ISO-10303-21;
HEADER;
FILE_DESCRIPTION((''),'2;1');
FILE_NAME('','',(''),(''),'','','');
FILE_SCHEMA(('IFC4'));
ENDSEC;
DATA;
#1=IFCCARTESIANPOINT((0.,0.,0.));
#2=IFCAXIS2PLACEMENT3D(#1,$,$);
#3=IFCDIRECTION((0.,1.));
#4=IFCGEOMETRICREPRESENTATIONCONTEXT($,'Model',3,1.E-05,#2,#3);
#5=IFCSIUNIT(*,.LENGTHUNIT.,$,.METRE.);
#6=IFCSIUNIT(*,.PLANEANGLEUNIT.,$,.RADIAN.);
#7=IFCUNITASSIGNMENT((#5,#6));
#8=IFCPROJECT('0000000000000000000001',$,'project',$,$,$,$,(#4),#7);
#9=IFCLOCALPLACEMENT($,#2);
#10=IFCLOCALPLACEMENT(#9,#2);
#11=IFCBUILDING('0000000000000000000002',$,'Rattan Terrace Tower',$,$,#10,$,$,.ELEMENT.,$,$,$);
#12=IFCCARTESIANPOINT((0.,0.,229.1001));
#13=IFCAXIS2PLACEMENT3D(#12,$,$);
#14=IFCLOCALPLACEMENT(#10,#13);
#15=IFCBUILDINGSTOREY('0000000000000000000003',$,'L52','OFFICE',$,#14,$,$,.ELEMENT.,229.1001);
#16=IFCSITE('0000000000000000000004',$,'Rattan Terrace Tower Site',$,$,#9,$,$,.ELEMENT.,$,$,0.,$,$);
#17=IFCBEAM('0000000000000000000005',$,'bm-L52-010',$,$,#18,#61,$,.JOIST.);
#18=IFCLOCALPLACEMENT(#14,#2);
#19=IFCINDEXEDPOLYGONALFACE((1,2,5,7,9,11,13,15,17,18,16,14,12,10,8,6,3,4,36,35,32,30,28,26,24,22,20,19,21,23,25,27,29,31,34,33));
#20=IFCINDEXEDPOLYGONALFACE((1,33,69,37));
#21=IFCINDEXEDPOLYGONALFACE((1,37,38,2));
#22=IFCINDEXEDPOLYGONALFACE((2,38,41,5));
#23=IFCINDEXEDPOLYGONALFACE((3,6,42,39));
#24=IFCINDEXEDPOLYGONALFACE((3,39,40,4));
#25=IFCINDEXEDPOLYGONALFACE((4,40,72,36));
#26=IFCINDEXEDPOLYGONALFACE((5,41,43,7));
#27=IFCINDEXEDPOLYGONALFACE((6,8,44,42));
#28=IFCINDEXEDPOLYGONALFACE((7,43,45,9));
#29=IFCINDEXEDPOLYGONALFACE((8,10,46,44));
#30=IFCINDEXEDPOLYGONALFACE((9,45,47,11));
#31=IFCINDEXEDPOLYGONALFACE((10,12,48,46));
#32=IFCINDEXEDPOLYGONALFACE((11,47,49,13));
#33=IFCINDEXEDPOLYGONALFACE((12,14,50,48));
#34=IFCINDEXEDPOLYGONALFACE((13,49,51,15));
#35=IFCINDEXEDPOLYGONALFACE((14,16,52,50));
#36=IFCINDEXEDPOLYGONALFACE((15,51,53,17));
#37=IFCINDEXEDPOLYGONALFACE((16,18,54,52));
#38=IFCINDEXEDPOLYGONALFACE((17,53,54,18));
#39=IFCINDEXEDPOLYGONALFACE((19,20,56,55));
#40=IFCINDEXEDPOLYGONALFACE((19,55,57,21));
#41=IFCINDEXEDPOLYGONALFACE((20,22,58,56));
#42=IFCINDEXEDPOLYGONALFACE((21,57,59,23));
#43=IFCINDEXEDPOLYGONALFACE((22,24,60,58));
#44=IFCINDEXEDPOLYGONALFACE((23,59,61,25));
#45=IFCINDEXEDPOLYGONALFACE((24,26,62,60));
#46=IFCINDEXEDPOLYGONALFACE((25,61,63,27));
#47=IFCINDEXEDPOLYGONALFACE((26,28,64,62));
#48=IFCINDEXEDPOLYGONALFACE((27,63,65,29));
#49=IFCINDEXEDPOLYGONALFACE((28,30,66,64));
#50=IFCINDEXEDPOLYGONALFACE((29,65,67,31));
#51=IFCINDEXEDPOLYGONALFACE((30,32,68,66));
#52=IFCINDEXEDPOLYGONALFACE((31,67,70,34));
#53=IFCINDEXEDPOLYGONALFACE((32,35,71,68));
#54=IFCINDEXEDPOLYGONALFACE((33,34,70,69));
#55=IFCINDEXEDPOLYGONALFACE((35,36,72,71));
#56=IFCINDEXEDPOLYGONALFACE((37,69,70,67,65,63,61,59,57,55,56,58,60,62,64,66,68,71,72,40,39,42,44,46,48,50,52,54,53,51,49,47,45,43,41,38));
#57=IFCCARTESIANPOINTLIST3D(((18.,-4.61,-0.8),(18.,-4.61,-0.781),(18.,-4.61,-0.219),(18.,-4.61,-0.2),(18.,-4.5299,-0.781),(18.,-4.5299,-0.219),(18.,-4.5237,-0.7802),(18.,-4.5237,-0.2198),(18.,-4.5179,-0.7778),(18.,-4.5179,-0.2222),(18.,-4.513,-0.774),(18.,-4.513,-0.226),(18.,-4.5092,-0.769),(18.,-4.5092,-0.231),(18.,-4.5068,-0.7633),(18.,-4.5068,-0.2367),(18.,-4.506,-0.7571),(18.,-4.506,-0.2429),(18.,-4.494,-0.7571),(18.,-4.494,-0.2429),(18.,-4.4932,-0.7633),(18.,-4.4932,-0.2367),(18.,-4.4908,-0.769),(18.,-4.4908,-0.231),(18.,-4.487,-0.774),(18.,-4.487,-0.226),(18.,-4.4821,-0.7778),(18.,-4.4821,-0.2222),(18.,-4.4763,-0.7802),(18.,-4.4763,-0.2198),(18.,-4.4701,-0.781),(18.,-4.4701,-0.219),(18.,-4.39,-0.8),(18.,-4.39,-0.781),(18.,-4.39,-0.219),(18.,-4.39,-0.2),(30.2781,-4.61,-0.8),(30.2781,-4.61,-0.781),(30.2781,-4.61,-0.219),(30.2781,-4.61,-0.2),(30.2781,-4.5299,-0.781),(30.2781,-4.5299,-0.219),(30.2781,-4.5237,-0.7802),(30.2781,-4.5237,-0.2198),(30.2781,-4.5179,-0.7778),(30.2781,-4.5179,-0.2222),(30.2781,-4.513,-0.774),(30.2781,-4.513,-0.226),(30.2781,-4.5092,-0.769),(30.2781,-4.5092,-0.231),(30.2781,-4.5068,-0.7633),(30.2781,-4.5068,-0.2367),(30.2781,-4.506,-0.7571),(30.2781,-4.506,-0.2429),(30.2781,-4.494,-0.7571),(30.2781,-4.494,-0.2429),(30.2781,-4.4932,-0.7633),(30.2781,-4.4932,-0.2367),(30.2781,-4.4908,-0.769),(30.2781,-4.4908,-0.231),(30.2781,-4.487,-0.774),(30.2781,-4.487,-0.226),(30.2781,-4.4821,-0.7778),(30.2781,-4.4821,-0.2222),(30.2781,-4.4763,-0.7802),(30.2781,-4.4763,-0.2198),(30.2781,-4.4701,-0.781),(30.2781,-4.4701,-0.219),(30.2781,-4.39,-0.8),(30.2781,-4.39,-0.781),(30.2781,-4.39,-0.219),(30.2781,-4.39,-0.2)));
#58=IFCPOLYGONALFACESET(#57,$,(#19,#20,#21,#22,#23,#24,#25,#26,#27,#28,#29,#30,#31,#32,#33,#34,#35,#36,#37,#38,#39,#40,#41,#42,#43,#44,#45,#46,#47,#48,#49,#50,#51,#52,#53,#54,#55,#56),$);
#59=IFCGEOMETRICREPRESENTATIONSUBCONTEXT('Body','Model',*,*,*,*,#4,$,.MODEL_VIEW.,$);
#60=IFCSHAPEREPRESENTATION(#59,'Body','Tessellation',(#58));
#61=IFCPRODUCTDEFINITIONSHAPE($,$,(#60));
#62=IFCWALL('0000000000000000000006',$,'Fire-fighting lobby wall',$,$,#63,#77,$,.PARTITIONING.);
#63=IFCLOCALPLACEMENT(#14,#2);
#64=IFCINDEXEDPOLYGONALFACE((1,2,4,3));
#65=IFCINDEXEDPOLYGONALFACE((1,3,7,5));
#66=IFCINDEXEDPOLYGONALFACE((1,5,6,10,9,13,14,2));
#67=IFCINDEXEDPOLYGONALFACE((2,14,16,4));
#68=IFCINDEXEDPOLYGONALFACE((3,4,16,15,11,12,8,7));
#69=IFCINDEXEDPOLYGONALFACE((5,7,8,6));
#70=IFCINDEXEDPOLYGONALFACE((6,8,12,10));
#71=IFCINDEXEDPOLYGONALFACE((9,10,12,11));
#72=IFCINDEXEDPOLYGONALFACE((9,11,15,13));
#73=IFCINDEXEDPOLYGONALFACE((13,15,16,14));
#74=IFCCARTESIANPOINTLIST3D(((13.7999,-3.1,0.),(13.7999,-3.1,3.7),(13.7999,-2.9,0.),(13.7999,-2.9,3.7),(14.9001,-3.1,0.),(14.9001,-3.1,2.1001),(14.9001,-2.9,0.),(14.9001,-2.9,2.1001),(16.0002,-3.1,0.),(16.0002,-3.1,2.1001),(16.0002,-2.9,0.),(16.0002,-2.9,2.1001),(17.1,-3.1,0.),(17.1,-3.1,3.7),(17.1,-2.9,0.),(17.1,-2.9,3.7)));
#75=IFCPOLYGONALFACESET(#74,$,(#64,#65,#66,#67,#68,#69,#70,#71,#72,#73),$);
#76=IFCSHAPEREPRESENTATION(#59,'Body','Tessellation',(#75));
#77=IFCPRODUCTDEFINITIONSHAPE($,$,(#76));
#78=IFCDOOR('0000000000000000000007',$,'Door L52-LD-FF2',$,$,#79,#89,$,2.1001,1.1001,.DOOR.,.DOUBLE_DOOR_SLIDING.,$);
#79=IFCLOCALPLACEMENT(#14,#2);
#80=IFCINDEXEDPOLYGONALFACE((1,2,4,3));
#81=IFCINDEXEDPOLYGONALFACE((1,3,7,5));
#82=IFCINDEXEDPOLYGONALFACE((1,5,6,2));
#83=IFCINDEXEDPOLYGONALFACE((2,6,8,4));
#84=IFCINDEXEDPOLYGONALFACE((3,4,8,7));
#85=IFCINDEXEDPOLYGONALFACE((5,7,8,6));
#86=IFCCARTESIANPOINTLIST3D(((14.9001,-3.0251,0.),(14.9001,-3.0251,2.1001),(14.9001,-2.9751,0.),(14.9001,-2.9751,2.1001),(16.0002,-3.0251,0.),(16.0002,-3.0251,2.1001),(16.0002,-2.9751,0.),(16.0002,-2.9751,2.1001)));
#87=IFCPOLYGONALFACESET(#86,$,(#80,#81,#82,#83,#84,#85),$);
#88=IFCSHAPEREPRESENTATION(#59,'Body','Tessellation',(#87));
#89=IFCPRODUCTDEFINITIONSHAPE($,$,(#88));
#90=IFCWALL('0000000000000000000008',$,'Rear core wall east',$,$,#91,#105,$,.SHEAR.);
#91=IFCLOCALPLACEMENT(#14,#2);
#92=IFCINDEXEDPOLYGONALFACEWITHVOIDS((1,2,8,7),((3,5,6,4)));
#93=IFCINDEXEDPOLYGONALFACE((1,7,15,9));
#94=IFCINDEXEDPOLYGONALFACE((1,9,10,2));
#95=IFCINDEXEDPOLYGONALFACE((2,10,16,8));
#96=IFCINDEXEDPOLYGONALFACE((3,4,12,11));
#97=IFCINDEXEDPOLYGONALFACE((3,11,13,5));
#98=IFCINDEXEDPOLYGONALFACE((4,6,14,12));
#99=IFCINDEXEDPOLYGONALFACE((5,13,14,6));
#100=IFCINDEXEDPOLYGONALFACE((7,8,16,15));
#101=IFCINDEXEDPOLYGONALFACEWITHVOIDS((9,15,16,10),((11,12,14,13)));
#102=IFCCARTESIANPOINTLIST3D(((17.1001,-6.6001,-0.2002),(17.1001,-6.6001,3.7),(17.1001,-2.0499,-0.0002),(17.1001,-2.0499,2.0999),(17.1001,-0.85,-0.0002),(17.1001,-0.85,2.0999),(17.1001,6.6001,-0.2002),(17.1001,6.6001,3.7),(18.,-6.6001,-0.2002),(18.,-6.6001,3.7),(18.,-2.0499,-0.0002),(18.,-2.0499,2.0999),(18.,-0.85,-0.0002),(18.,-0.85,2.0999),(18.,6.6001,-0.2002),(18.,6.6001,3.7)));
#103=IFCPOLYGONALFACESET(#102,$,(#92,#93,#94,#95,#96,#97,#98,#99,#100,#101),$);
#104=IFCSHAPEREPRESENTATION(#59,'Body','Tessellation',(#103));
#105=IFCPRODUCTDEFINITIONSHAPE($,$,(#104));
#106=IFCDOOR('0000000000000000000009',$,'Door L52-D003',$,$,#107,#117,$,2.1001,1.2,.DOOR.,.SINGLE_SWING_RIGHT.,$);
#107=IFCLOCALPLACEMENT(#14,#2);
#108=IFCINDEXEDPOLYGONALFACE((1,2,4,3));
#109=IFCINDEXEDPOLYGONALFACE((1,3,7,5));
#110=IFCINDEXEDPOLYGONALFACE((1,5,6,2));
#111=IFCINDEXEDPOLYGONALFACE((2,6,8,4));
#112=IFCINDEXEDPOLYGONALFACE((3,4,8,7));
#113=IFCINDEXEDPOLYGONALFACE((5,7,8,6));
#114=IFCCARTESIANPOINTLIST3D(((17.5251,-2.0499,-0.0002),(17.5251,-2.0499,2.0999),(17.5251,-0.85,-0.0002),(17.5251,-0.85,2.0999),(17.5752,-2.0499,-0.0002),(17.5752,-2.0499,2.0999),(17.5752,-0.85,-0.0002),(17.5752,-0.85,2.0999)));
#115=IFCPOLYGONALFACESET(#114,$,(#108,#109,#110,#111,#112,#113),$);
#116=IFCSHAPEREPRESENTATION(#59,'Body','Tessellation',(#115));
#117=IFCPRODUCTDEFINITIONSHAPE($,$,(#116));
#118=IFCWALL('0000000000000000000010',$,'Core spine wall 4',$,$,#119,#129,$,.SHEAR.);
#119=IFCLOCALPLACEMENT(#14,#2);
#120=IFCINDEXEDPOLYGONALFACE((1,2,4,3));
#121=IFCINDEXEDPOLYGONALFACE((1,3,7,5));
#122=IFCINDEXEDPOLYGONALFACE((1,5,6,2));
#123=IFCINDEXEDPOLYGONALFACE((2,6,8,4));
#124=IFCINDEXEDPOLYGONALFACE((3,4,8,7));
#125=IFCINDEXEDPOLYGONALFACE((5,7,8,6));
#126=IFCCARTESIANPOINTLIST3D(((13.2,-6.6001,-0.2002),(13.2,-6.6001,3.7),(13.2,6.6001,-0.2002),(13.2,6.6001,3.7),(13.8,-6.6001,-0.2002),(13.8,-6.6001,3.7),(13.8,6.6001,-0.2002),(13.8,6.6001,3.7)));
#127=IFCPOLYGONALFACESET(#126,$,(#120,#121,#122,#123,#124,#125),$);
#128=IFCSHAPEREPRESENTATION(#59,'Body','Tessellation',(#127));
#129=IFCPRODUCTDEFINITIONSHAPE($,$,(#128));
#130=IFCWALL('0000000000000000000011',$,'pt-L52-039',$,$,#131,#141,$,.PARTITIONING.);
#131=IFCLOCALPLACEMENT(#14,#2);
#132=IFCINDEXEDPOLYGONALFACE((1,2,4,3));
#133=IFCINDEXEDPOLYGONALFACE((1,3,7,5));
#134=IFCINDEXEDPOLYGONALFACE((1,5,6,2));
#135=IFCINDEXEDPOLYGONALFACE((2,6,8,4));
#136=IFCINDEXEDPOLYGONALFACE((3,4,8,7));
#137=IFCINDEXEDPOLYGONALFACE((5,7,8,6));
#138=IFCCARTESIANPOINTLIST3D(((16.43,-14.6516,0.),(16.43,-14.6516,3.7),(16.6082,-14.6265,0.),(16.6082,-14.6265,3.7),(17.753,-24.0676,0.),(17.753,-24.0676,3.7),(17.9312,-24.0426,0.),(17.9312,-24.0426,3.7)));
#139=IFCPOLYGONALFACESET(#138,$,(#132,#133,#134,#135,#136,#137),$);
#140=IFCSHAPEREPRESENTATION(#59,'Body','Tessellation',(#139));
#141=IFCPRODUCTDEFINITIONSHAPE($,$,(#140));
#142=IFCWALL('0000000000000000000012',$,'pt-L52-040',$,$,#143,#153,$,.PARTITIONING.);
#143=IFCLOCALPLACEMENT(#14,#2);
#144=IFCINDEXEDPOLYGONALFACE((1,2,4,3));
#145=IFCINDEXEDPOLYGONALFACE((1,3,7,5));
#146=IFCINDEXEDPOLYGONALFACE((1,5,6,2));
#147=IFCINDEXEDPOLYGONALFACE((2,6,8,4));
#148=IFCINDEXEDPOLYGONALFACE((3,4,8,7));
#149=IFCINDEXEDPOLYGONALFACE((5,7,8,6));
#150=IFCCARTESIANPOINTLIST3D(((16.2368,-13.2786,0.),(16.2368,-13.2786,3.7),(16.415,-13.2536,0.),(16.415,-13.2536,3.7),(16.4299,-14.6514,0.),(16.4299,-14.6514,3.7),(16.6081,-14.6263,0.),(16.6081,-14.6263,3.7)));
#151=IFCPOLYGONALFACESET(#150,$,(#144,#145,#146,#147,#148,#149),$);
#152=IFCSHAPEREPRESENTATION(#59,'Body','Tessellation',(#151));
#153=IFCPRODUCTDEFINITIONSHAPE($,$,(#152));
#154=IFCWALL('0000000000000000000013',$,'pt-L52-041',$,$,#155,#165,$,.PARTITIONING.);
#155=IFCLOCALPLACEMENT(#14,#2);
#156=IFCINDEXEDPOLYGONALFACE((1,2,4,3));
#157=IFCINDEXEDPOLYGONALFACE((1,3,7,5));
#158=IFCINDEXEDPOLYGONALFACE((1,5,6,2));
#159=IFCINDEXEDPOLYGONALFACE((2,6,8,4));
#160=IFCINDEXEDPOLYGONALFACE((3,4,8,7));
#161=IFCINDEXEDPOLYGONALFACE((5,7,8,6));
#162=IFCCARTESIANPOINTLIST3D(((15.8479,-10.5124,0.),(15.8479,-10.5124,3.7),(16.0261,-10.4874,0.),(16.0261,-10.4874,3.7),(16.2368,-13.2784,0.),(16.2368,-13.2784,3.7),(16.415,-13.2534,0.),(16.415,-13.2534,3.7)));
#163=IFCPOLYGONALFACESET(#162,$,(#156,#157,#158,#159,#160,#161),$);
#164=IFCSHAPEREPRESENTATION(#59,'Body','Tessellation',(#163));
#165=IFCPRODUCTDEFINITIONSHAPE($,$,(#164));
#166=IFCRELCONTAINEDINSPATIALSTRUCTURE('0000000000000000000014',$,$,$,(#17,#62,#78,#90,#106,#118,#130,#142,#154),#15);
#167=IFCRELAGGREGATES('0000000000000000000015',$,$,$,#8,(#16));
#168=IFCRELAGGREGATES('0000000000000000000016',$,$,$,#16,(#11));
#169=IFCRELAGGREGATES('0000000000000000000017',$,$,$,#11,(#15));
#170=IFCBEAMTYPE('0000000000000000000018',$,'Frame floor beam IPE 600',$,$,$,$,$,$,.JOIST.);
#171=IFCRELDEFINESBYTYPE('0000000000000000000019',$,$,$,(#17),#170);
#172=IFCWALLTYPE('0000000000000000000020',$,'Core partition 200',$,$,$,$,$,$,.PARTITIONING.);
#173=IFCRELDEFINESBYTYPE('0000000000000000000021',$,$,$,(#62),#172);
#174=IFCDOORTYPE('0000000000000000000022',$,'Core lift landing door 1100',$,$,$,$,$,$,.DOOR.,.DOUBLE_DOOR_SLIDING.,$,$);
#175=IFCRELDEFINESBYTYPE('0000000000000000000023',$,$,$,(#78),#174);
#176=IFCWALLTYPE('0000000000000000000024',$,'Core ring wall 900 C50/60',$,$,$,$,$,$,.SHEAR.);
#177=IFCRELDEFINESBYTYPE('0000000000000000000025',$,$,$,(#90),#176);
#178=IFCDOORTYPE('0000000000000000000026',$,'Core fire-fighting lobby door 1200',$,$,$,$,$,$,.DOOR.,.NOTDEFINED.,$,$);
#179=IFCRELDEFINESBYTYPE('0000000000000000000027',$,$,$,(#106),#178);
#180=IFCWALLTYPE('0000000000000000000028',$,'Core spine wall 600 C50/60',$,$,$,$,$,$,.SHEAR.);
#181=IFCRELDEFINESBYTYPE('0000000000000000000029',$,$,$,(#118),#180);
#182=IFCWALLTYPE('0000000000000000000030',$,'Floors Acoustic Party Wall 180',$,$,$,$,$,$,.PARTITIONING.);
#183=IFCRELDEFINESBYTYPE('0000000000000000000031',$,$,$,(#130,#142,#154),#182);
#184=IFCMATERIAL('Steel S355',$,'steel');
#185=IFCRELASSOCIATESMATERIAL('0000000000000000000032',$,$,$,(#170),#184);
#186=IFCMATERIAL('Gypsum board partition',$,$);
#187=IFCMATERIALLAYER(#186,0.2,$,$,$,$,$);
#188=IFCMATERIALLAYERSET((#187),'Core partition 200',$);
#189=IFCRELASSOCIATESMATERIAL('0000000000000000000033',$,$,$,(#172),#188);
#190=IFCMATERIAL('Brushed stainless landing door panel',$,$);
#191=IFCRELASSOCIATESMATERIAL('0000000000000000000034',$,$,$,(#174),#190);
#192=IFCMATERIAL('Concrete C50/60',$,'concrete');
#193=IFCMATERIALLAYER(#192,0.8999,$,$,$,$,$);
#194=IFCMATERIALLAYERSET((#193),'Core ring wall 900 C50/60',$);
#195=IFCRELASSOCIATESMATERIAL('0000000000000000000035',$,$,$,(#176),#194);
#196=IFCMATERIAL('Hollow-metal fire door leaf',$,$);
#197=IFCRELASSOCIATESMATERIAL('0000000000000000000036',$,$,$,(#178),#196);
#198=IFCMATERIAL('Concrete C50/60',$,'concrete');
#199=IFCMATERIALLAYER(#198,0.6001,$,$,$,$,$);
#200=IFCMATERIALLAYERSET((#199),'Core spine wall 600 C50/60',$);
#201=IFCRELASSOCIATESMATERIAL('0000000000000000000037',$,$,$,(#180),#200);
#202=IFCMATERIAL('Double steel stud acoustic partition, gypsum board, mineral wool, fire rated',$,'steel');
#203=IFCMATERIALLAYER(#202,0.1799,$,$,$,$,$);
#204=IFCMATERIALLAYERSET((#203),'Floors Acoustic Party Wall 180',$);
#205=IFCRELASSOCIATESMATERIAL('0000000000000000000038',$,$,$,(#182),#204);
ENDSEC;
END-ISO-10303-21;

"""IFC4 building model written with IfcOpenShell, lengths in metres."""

from ifc_helpers import new_model, si_unit, direction, frame, frame_2d, origin, origin_2d, place, context, subcontext, project, spatial, rectangle, i_section, extrude, material, layer, layer_set, material_profile, profile_set, type_object, element, fill, save


model = new_model("IFC4")

# Units and contexts
model_context = context("Model", 3, precision=1e-05, world=origin(), true_north=direction((0.0, 1.0)))
body_context = subcontext(model_context, "Body", "Model", "MODEL_VIEW")
ifc_project = project(units=[si_unit("LENGTHUNIT", "METRE"), si_unit("PLANEANGLEUNIT", "RADIAN")], contexts=[model_context])

# Site, building, storey
site_placement = place(None, origin())
site = spatial("IfcSite", under=ifc_project, at=site_placement, Name="Rattan Terrace Tower Site", CompositionType="ELEMENT", RefElevation=0.0)
building_placement = place(site_placement, origin())
building = spatial("IfcBuilding", under=site, at=building_placement, Name="Rattan Terrace Tower", CompositionType="ELEMENT")
storey_placement = place(building_placement, frame((0.0, 0.0, 229.1001)))
storey = spatial("IfcBuildingStorey", under=building, at=storey_placement, Name="L52", Description="OFFICE", CompositionType="ELEMENT", Elevation=229.1001)

# Beam
ifc_material_1 = material(Name="Steel S355", Category="steel")
ifc_material_profile = material_profile(ifc_material_1, i_section(OverallWidth=0.22, OverallDepth=0.6001, WebThickness=0.012, FlangeThickness=0.019, FilletRadius=0.0239, at=origin_2d()), Name="IPE 600")
ifc_profile_set = profile_set([ifc_material_profile], Name="Steel S355")
beam_type = type_object("IfcBeamType", Name="Frame floor beam IPE 600", PredefinedType="JOIST", material=ifc_profile_set)
beam_placement = place(storey_placement, frame((18.0, -4.5, -0.5), z_axis=(1.0, 0.0, 0.0), x_axis=(0.0, 1.0, 0.0)))
element("IfcBeam", 1, at=beam_placement, inside=storey, type_object=beam_type, Name="bm-L52-010", PredefinedType="JOIST", context=body_context, shape_type="SweptSolid", body=[
    extrude(i_section(OverallWidth=0.22, OverallDepth=0.6001, WebThickness=0.012, FlangeThickness=0.019, FilletRadius=0.0239, at=origin_2d()), origin(), (0.0, 0.0, 1.0), 12.2781),
])

# Walls, openings, doors
ifc_material_2 = material(Name="Gypsum board partition")
ifc_layer_1 = layer(ifc_material_2, 0.2)
ifc_layer_set_1 = layer_set([ifc_layer_1], Name="Core partition 200")
wall_type_1 = type_object("IfcWallType", Name="Core partition 200", PredefinedType="PARTITIONING", material=ifc_layer_set_1)
wall_1_placement = place(storey_placement, frame((13.8, -3.0, 0.0), z_axis=(0.0, 0.0, 1.0), x_axis=(1.0, 0.0, 0.0)))
wall_1 = element("IfcWall", 2, at=wall_1_placement, inside=storey, type_object=wall_type_1, Name="Fire-fighting lobby wall", PredefinedType="PARTITIONING", context=body_context, shape_type="SweptSolid", body=[
    extrude(rectangle(XDim=3.3, YDim=0.2, at=frame_2d((1.6499, 0.0))), origin(), (0.0, 0.0, 1.0), 3.7),
])
opening_1_placement = place(wall_1_placement, frame((1.1001, 0.0, 0.0)))
opening_1 = element("IfcOpeningElement", 3, at=opening_1_placement, cuts=wall_1, PredefinedType="OPENING", context=body_context, shape_type="SweptSolid", body=[
    extrude(rectangle(XDim=1.1001, YDim=2.1001, at=frame_2d((0.55, 1.05))), frame((0.0, 0.1106, 0.0), z_axis=(0.0, -1.0, 0.0), x_axis=(1.0, 0.0, 0.0)), (0.0, 0.0, 1.0), 0.2209),
])
ifc_material_3 = material(Name="Brushed stainless landing door panel")
door_type_1 = type_object("IfcDoorType", Name="Core lift landing door 1100", OperationType="DOUBLE_DOOR_SLIDING", PredefinedType="DOOR", material=ifc_material_3)
door_1_placement = place(opening_1_placement, origin())
door_1 = element("IfcDoor", 4, at=door_1_placement, inside=storey, type_object=door_type_1, Name="Door L52-LD-FF2", OperationType="DOUBLE_DOOR_SLIDING", OverallHeight=2.1001, OverallWidth=1.1001, PredefinedType="DOOR", context=body_context, shape_type="SweptSolid", body=[
    extrude(rectangle(XDim=1.1001, YDim=2.1001, at=frame_2d((0.55, 1.05))), frame((0.0, 0.0249, 0.0), z_axis=(0.0, -1.0, 0.0), x_axis=(1.0, 0.0, 0.0)), (0.0, 0.0, 1.0), 0.05),
])
fill(opening_1, door_1)
ifc_material_4 = material(Name="Concrete C50/60", Category="concrete")
ifc_layer_2 = layer(ifc_material_4, 0.8999)
ifc_layer_set_2 = layer_set([ifc_layer_2], Name="Core ring wall 900 C50/60")
wall_type_2 = type_object("IfcWallType", Name="Core ring wall 900 C50/60", PredefinedType="SHEAR", material=ifc_layer_set_2)
wall_2_placement = place(storey_placement, frame((17.55, -6.6001, -0.2002), z_axis=(0.0, 0.0, 1.0), x_axis=(0.0, 1.0, 0.0)))
wall_2 = element("IfcWall", 5, at=wall_2_placement, inside=storey, type_object=wall_type_2, Name="Rear core wall east", PredefinedType="SHEAR", context=body_context, shape_type="SweptSolid", body=[
    extrude(rectangle(XDim=13.2002, YDim=0.8999, at=frame_2d((6.6001, 0.0))), origin(), (0.0, 0.0, 1.0), 3.9001),
])
opening_2_placement = place(wall_2_placement, frame((4.55, 0.0, 0.2)))
opening_2 = element("IfcOpeningElement", 6, at=opening_2_placement, cuts=wall_2, PredefinedType="OPENING", context=body_context, shape_type="SweptSolid", body=[
    extrude(rectangle(XDim=1.2, YDim=2.1001, at=frame_2d((0.6001, 1.05))), frame((0.0, 0.4604, 0.0), z_axis=(0.0, -1.0, 0.0), x_axis=(1.0, 0.0, 0.0)), (0.0, 0.0, 1.0), 0.9209),
])
ifc_material_5 = material(Name="Hollow-metal fire door leaf")
door_type_2 = type_object("IfcDoorType", Name="Core fire-fighting lobby door 1200", OperationType="NOTDEFINED", PredefinedType="DOOR", material=ifc_material_5)
door_2_placement = place(opening_2_placement, origin())
door_2 = element("IfcDoor", 7, at=door_2_placement, inside=storey, type_object=door_type_2, Name="Door L52-D003", OperationType="SINGLE_SWING_RIGHT", OverallHeight=2.1001, OverallWidth=1.2, PredefinedType="DOOR", context=body_context, shape_type="SweptSolid", body=[
    extrude(rectangle(XDim=1.2, YDim=2.1001, at=frame_2d((0.6001, 1.05))), frame((0.0, 0.0249, 0.0), z_axis=(0.0, -1.0, 0.0), x_axis=(1.0, 0.0, 0.0)), (0.0, 0.0, 1.0), 0.05),
])
fill(opening_2, door_2)

# Walls
ifc_material_6 = material(Name="Concrete C50/60", Category="concrete")
ifc_layer_3 = layer(ifc_material_6, 0.6001)
ifc_layer_set_3 = layer_set([ifc_layer_3], Name="Core spine wall 600 C50/60")
wall_type_3 = type_object("IfcWallType", Name="Core spine wall 600 C50/60", PredefinedType="SHEAR", material=ifc_layer_set_3)
wall_3_placement = place(storey_placement, frame((13.5, -6.6001, -0.2002), z_axis=(0.0, 0.0, 1.0), x_axis=(0.0, 1.0, 0.0)))
element("IfcWall", 8, at=wall_3_placement, inside=storey, type_object=wall_type_3, Name="Core spine wall 4", PredefinedType="SHEAR", context=body_context, shape_type="SweptSolid", body=[
    extrude(rectangle(XDim=13.2002, YDim=0.6001, at=frame_2d((6.6001, 0.0))), origin(), (0.0, 0.0, 1.0), 3.9001),
])
ifc_material_7 = material(Name="Double steel stud acoustic partition, gypsum board, mineral wool, fire rated", Category="steel")
ifc_layer_4 = layer(ifc_material_7, 0.1799)
ifc_layer_set_4 = layer_set([ifc_layer_4], Name="Floors Acoustic Party Wall 180")
wall_type_4 = type_object("IfcWallType", Name="Floors Acoustic Party Wall 180", PredefinedType="PARTITIONING", material=ifc_layer_set_4)
wall_4_placement = place(storey_placement, frame((16.519, -14.6389, 0.0), z_axis=(0.0, 0.0, 1.0), x_axis=(0.139138, -0.990273, 0.0)))
element("IfcWall", 9, at=wall_4_placement, inside=storey, type_object=wall_type_4, Name="pt-L52-039", PredefinedType="PARTITIONING", context=body_context, shape_type="SweptSolid", body=[
    extrude(rectangle(XDim=9.5085, YDim=0.1799, at=frame_2d((4.7544, 0.0))), origin(), (0.0, 0.0, 1.0), 3.7),
])
wall_5_placement = place(storey_placement, frame((16.3259, -13.2661, 0.0), z_axis=(0.0, 0.0, 1.0), x_axis=(0.139301, -0.99025, 0.0)))
element("IfcWall", 10, at=wall_5_placement, inside=storey, type_object=wall_type_4, Name="pt-L52-040", PredefinedType="PARTITIONING", context=body_context, shape_type="SweptSolid", body=[
    extrude(rectangle(XDim=1.3862, YDim=0.1799, at=frame_2d((0.6931, 0.0))), origin(), (0.0, 0.0, 1.0), 3.7),
])
wall_6_placement = place(storey_placement, frame((15.937, -10.5, 0.0), z_axis=(0.0, 0.0, 1.0), x_axis=(0.139231, -0.99026, 0.0)))
element("IfcWall", 11, at=wall_6_placement, inside=storey, type_object=wall_type_4, Name="pt-L52-041", PredefinedType="PARTITIONING", context=body_context, shape_type="SweptSolid", body=[
    extrude(rectangle(XDim=2.7932, YDim=0.1799, at=frame_2d((1.3965, 0.0))), origin(), (0.0, 0.0, 1.0), 3.7),
])

save(model, "model.ifc")
